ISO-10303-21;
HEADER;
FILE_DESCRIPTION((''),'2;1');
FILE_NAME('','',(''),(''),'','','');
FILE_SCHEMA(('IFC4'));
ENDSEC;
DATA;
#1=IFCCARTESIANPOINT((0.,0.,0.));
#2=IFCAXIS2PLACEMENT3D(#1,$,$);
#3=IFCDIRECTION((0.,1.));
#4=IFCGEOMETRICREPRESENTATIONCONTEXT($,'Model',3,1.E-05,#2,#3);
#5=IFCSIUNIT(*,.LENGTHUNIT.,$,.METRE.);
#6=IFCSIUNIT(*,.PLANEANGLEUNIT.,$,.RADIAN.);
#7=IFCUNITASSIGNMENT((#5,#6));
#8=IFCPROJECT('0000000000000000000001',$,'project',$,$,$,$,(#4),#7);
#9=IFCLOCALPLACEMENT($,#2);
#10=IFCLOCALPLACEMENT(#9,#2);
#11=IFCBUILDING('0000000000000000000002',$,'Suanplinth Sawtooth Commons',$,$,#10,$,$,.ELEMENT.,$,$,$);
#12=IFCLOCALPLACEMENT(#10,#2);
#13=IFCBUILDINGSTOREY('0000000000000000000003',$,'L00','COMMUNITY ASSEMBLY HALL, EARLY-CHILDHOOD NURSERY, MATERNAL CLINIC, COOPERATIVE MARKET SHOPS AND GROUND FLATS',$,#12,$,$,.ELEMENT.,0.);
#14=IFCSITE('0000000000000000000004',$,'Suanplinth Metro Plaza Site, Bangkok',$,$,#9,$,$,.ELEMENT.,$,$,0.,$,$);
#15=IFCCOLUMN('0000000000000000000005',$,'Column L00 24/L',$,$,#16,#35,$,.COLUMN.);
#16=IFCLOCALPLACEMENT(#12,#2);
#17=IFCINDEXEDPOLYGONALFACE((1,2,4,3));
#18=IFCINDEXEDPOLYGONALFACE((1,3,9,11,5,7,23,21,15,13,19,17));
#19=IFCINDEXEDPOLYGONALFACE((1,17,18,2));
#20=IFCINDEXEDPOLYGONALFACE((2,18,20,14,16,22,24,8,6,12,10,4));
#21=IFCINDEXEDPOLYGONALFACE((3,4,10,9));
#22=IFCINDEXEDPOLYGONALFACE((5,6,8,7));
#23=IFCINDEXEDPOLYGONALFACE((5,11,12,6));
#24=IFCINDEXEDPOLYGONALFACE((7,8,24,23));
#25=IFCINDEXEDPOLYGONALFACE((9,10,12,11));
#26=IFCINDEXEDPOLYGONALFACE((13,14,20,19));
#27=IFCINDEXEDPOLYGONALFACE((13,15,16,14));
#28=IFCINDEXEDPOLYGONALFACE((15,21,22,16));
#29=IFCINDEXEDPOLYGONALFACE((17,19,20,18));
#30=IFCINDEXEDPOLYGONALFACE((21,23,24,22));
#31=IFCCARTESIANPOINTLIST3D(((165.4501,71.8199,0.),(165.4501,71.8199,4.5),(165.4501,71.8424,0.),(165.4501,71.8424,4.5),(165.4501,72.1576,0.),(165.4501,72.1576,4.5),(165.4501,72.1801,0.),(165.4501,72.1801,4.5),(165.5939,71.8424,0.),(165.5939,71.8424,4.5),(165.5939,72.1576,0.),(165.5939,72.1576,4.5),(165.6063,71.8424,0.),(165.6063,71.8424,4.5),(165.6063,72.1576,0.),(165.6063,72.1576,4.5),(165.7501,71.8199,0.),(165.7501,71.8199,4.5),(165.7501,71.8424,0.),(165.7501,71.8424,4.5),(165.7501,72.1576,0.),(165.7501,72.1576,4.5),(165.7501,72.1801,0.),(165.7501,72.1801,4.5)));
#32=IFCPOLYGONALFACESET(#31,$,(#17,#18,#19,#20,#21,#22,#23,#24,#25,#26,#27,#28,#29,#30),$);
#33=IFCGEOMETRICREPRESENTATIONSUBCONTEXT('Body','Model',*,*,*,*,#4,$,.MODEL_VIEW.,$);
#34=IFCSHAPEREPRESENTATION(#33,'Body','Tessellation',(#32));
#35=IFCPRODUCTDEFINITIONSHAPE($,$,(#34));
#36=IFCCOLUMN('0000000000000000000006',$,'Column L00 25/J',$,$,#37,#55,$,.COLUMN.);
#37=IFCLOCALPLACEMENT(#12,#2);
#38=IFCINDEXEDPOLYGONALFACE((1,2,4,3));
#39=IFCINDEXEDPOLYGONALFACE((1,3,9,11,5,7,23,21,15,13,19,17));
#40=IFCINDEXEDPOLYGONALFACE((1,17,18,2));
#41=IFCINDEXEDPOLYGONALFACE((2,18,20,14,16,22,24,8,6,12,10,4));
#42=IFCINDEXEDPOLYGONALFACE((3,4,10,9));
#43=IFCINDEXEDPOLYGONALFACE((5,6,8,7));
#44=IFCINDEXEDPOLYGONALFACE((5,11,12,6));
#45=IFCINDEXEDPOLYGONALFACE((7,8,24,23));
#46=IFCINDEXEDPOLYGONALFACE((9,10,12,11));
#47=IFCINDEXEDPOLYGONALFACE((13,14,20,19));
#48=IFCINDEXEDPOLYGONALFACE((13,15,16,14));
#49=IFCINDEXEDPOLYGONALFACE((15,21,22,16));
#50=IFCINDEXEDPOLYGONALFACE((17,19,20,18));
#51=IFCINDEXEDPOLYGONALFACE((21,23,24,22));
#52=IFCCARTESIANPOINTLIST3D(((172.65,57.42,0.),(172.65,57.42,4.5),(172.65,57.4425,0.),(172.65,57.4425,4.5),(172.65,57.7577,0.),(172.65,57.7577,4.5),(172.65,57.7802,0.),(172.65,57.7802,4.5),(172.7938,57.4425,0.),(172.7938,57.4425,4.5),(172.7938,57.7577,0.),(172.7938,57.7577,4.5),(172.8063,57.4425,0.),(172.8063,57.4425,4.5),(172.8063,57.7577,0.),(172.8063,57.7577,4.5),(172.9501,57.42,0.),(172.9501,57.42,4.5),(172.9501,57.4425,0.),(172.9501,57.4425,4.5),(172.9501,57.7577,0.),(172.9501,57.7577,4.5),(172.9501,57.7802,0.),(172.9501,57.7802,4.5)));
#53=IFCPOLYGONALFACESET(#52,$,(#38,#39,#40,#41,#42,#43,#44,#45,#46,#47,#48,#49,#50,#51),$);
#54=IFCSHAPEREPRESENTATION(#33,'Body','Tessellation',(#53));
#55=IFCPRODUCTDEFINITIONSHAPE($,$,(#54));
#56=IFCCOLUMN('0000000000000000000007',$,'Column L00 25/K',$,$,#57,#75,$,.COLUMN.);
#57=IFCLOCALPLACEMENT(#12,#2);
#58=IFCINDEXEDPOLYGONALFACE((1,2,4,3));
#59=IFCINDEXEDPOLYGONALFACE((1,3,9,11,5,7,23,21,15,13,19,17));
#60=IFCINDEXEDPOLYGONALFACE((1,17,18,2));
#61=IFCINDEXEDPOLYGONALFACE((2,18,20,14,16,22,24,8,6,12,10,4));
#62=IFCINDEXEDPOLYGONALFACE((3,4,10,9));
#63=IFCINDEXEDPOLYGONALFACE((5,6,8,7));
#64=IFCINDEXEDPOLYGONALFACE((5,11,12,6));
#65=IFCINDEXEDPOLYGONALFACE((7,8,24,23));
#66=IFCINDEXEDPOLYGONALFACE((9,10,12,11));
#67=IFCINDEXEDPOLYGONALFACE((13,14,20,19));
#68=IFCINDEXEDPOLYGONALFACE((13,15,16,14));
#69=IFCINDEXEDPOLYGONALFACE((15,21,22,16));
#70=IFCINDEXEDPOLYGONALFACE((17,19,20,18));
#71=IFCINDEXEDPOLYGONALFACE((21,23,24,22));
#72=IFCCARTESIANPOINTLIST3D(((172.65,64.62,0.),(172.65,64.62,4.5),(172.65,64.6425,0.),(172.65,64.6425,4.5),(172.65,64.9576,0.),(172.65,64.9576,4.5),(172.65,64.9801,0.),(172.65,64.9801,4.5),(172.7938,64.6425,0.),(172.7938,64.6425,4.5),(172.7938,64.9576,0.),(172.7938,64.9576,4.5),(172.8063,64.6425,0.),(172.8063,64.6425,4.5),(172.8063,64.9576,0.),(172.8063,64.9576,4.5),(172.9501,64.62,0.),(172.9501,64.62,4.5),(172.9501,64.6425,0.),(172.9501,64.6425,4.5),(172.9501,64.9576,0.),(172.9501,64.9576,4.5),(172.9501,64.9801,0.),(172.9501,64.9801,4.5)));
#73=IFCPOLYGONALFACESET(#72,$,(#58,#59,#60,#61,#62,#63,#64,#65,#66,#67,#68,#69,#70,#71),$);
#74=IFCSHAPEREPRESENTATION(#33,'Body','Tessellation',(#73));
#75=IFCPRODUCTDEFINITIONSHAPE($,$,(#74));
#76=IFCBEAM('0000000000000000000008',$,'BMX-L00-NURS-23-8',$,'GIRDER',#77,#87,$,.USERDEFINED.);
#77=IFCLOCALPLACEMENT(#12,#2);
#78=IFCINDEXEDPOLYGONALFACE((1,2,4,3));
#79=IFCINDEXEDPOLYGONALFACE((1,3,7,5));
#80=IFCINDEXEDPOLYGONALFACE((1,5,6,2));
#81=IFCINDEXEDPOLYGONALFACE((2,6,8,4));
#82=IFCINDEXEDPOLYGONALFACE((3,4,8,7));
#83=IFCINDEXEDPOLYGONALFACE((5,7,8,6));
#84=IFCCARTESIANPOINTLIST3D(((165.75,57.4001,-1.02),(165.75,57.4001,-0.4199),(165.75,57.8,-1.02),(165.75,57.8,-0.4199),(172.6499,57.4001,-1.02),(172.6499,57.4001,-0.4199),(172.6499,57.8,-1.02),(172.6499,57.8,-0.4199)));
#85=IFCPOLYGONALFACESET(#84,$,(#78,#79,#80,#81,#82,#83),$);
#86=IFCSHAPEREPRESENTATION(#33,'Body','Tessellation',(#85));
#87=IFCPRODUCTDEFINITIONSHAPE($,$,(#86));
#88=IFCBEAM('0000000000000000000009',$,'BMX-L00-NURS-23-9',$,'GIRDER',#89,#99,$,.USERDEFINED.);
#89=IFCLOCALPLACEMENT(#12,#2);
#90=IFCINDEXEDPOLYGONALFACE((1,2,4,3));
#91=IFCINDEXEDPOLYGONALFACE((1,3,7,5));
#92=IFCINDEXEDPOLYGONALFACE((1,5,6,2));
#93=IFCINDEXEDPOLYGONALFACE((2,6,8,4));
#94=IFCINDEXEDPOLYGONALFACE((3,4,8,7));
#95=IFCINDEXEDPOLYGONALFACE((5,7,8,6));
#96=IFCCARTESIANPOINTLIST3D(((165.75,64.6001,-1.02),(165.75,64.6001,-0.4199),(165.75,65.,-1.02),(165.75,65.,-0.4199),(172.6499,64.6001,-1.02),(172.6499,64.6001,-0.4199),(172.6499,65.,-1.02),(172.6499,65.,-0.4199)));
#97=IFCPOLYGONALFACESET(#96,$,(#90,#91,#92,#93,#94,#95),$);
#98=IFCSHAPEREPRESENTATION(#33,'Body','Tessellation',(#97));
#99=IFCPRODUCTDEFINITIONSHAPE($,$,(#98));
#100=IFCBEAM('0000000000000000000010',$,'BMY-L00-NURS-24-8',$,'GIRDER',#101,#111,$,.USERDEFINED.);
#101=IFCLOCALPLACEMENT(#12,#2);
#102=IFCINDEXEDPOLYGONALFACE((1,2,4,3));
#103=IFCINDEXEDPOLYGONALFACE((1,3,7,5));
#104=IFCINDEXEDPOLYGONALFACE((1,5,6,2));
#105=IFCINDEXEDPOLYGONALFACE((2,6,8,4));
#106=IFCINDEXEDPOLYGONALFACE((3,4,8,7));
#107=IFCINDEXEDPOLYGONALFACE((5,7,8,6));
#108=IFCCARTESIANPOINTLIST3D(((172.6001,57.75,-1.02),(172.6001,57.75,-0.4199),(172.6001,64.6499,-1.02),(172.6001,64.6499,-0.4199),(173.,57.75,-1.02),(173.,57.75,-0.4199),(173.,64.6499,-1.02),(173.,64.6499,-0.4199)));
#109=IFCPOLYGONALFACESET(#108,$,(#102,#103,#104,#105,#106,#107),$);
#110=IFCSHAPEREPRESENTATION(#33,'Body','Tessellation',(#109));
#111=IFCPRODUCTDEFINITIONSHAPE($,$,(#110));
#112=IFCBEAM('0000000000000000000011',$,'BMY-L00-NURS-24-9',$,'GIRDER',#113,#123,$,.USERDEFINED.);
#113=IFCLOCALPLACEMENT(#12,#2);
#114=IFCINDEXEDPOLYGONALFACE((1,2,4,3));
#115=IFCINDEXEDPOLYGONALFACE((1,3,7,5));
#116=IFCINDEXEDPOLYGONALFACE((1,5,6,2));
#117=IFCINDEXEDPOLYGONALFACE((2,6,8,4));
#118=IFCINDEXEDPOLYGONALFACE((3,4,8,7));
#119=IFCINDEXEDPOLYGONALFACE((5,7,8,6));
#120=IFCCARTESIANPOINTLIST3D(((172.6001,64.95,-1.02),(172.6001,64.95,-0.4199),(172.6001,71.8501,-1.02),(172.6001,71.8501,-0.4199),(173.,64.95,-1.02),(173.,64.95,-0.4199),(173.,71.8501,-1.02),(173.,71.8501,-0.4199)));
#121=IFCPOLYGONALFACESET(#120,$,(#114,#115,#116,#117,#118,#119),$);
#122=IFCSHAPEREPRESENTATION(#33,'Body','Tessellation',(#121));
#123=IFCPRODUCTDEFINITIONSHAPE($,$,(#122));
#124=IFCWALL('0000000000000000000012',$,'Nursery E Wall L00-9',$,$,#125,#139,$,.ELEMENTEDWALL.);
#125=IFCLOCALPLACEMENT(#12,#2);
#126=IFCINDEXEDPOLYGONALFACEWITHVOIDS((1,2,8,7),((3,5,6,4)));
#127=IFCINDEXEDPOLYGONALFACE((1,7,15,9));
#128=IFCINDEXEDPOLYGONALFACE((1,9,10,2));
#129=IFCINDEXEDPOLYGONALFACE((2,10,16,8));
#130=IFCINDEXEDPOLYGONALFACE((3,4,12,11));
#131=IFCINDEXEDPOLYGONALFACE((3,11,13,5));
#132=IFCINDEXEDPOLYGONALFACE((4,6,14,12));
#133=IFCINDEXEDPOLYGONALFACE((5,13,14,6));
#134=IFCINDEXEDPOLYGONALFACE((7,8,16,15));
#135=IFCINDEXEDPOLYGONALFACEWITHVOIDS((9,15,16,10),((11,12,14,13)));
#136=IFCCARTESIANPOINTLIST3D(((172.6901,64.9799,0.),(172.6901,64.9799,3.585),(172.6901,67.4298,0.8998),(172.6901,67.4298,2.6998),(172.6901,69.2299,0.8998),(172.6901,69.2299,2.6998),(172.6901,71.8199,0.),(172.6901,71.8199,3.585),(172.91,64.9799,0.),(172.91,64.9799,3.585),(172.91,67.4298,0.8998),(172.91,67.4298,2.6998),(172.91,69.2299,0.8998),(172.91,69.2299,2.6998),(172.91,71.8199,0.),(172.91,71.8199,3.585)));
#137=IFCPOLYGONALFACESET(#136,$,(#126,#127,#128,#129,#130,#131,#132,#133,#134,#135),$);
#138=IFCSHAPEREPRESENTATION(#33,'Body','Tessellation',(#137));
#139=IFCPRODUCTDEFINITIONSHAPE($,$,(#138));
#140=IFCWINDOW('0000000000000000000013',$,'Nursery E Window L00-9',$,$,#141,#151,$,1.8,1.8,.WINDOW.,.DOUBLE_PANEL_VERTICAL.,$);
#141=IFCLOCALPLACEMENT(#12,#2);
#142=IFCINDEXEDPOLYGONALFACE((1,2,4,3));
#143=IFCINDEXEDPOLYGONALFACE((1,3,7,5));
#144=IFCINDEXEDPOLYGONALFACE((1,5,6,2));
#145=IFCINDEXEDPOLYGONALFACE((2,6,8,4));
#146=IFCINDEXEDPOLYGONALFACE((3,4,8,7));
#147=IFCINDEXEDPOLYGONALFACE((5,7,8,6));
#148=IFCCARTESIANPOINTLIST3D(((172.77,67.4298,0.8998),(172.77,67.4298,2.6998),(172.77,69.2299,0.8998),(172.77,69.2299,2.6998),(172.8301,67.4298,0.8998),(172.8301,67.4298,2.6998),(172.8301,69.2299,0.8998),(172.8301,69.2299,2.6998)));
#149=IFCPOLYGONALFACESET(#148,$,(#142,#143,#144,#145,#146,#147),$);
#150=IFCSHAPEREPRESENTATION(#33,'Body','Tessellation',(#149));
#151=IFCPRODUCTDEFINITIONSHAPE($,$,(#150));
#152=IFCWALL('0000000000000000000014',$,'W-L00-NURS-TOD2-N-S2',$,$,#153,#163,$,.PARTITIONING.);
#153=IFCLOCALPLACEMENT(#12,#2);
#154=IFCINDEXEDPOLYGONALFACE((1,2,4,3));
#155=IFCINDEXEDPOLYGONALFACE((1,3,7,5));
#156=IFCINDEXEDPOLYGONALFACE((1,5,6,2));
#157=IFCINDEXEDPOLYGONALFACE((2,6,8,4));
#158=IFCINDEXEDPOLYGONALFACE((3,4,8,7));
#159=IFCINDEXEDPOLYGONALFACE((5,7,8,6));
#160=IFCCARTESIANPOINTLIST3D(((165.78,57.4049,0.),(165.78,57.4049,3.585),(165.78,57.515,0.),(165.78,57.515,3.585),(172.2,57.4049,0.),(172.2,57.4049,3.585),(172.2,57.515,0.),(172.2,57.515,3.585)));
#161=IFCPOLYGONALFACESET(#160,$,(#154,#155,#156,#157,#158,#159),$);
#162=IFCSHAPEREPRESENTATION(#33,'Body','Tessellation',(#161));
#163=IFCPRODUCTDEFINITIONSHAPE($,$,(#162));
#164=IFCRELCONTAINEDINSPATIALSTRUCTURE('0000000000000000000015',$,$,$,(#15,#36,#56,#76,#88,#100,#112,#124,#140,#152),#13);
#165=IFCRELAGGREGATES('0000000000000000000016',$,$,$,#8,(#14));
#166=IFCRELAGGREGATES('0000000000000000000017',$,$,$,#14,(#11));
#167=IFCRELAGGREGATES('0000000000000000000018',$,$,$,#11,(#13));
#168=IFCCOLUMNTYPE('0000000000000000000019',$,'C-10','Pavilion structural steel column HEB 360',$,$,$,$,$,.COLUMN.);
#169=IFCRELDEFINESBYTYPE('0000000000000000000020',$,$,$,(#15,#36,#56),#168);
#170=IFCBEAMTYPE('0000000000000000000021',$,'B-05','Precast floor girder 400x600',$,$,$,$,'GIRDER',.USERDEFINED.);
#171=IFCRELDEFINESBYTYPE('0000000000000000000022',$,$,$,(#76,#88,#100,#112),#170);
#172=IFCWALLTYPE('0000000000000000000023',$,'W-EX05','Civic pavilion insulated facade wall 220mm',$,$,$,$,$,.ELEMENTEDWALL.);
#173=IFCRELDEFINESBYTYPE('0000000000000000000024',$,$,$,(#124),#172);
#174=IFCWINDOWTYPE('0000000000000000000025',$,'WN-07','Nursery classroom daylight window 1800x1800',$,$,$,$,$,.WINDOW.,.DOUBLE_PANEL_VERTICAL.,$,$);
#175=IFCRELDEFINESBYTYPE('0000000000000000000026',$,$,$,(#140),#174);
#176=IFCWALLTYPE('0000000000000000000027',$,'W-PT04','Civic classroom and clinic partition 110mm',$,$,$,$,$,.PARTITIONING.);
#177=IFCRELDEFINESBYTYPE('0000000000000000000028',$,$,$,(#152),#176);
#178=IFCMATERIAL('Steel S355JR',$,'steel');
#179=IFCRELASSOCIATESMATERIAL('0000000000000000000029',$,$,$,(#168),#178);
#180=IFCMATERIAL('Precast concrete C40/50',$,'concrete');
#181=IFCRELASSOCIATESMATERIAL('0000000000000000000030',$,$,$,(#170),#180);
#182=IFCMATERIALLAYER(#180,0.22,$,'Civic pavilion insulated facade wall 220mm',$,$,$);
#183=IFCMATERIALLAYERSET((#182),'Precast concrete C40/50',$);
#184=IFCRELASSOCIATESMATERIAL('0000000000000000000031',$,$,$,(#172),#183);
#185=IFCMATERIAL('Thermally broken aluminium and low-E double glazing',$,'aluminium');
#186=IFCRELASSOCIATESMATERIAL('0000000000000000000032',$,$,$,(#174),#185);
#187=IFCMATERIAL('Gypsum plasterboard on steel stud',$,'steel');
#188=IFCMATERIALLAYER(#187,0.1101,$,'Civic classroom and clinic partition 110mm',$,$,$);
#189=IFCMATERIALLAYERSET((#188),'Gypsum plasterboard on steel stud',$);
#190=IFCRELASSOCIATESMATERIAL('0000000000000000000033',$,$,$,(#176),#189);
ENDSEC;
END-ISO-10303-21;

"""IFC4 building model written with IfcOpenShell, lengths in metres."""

from ifc_helpers import new_model, si_unit, direction, frame, frame_2d, origin, origin_2d, place, context, subcontext, project, spatial, rectangle, i_section, extrude, material, layer, layer_set, material_profile, profile_set, type_object, element, fill, save


model = new_model("IFC4")

# Units and contexts
model_context = context("Model", 3, precision=1e-05, world=origin(), true_north=direction((0.0, 1.0)))
body_context = subcontext(model_context, "Body", "Model", "MODEL_VIEW")
ifc_project = project(units=[si_unit("LENGTHUNIT", "METRE"), si_unit("PLANEANGLEUNIT", "RADIAN")], contexts=[model_context])

# Site, building, storey
site_placement = place(None, origin())
site = spatial("IfcSite", under=ifc_project, at=site_placement, Name="Suanplinth Metro Plaza Site, Bangkok", CompositionType="ELEMENT", RefElevation=0.0)
building_placement = place(site_placement, origin())
building = spatial("IfcBuilding", under=site, at=building_placement, Name="Suanplinth Sawtooth Commons", CompositionType="ELEMENT")
storey_placement = place(building_placement, origin())
storey = spatial("IfcBuildingStorey", under=building, at=storey_placement, Name="L00", Description="COMMUNITY ASSEMBLY HALL, EARLY-CHILDHOOD NURSERY, MATERNAL CLINIC, COOPERATIVE MARKET SHOPS AND GROUND FLATS", CompositionType="ELEMENT", Elevation=0.0)

# Columns
ifc_material_1 = material(Name="Steel S355JR", Category="steel")
ifc_material_profile_1 = material_profile(ifc_material_1, i_section(OverallWidth=0.3, OverallDepth=0.3601, WebThickness=0.0125, FlangeThickness=0.0225, at=origin_2d()), Name="HEB 360")
ifc_profile_set_1 = profile_set([ifc_material_profile_1], Name="Steel S355JR")
column_type = type_object("IfcColumnType", Name="C-10", Description="Pavilion structural steel column HEB 360", PredefinedType="COLUMN", material=ifc_profile_set_1)
for number, where, z_axis, x_axis, name in (
    (1, (165.6001, 72.0, 0.0), (0.0, 0.0, 1.0), (1.0, 0.0, 0.0), "Column L00 24/L"),
    (2, (172.8, 57.6001, 0.0), (0.0, 0.0, 1.0), (1.0, 0.0, 0.0), "Column L00 25/J"),
    (3, (172.8, 64.8, 0.0), (0.0, 0.0, 1.0), (1.0, 0.0, 0.0), "Column L00 25/K"),
):
    element("IfcColumn", number, at=place(storey_placement, frame(where, z_axis=z_axis, x_axis=x_axis)), inside=storey, type_object=column_type, Name=name, PredefinedType="COLUMN", context=body_context, shape_type="SweptSolid", body=[
        extrude(i_section(OverallWidth=0.3, OverallDepth=0.3601, WebThickness=0.0125, FlangeThickness=0.0225, at=origin_2d()), origin(), (0.0, 0.0, 1.0), 4.5),
    ])

# Beams
ifc_material_2 = material(Name="Precast concrete C40/50", Category="concrete")
ifc_material_profile_2 = material_profile(ifc_material_2, rectangle(XDim=0.3999, YDim=0.6001, at=origin_2d()), Name="PC-GDR 400x600")
ifc_profile_set_2 = profile_set([ifc_material_profile_2], Name="Precast concrete C40/50")
beam_type = type_object("IfcBeamType", Name="B-05", Description="Precast floor girder 400x600", ElementType="GIRDER", PredefinedType="USERDEFINED", material=ifc_profile_set_2)
for number, where, z_axis, x_axis, name in (
    (4, (165.75, 57.6001, -0.72), (1.0, 0.0, 0.0), (0.0, 1.0, 0.0), "BMX-L00-NURS-23-8"),
    (5, (165.75, 64.8, -0.72), (1.0, 0.0, 0.0), (0.0, 1.0, 0.0), "BMX-L00-NURS-23-9"),
    (6, (172.8, 57.75, -0.72), (0.0, 1.0, 0.0), (-1.0, 0.0, 0.0), "BMY-L00-NURS-24-8"),
):
    element("IfcBeam", number, at=place(storey_placement, frame(where, z_axis=z_axis, x_axis=x_axis)), inside=storey, type_object=beam_type, Name=name, ObjectType="GIRDER", PredefinedType="USERDEFINED", context=body_context, shape_type="SweptSolid", body=[
        extrude(rectangle(XDim=0.3999, YDim=0.6001, at=origin_2d()), origin(), (0.0, 0.0, 1.0), 6.8999),
    ])
beam_placement = place(storey_placement, frame((172.8, 64.95, -0.72), z_axis=(0.0, 1.0, 0.0), x_axis=(-1.0, 0.0, 0.0)))
element("IfcBeam", 7, at=beam_placement, inside=storey, type_object=beam_type, Name="BMY-L00-NURS-24-9", ObjectType="GIRDER", PredefinedType="USERDEFINED", context=body_context, shape_type="SweptSolid", body=[
    extrude(rectangle(XDim=0.3999, YDim=0.6001, at=origin_2d()), origin(), (0.0, 0.0, 1.0), 6.9001),
])

# Shared definitions
ifc_layer_1 = layer(ifc_material_2, 0.22, Name="Civic pavilion insulated facade wall 220mm")
ifc_layer_set_1 = layer_set([ifc_layer_1], Name="Precast concrete C40/50")
wall_type_1 = type_object("IfcWallType", Name="W-EX05", Description="Civic pavilion insulated facade wall 220mm", PredefinedType="ELEMENTEDWALL", material=ifc_layer_set_1)

# Wall, opening, window
wall_1_placement = place(storey_placement, frame((172.8, 64.98, 0.0), z_axis=(0.0, 0.0, 1.0), x_axis=(0.0, 1.0, 0.0)))
wall_1 = element("IfcWall", 8, at=wall_1_placement, inside=storey, type_object=wall_type_1, Name="Nursery E Wall L00-9", PredefinedType="ELEMENTEDWALL", context=body_context, shape_type="SweptSolid", body=[
    extrude(rectangle(XDim=6.8401, YDim=0.22, at=frame_2d((3.4199, 0.0))), origin(), (0.0, 0.0, 1.0), 3.585),
])
opening_1_placement = place(wall_1_placement, frame((2.45, 0.0, 0.8999)))
opening_1 = element("IfcOpeningElement", 9, at=opening_1_placement, cuts=wall_1, PredefinedType="OPENING", context=body_context, shape_type="SweptSolid", body=[
    extrude(rectangle(XDim=1.8, YDim=1.8, at=frame_2d((0.8999, 0.8999))), frame((0.0, 0.125, 0.0), z_axis=(0.0, -1.0, 0.0), x_axis=(1.0, 0.0, 0.0)), (0.0, 0.0, 1.0), 0.2498),
])
ifc_material_3 = material(Name="Thermally broken aluminium and low-E double glazing", Category="aluminium")
window_type = type_object("IfcWindowType", Name="WN-07", Description="Nursery classroom daylight window 1800x1800", PartitioningType="DOUBLE_PANEL_VERTICAL", PredefinedType="WINDOW", material=ifc_material_3)
window_placement = place(opening_1_placement, origin())
window = element("IfcWindow", 10, at=window_placement, inside=storey, type_object=window_type, Name="Nursery E Window L00-9", OverallHeight=1.8, OverallWidth=1.8, PartitioningType="DOUBLE_PANEL_VERTICAL", PredefinedType="WINDOW", context=body_context, shape_type="SweptSolid", body=[
    extrude(rectangle(XDim=1.8, YDim=1.8, at=frame_2d((0.8999, 0.8999))), frame((0.0, 0.03, 0.0), z_axis=(0.0, -1.0, 0.0), x_axis=(1.0, 0.0, 0.0)), (0.0, 0.0, 1.0), 0.0601),
])
fill(opening_1, window)

# Wall
ifc_material_4 = material(Name="Gypsum plasterboard on steel stud", Category="steel")
ifc_layer_2 = layer(ifc_material_4, 0.1101, Name="Civic classroom and clinic partition 110mm")
ifc_layer_set_2 = layer_set([ifc_layer_2], Name="Gypsum plasterboard on steel stud")
wall_type_2 = type_object("IfcWallType", Name="W-PT04", Description="Civic classroom and clinic partition 110mm", PredefinedType="PARTITIONING", material=ifc_layer_set_2)
wall_2_placement = place(storey_placement, frame((165.78, 57.46, 0.0), z_axis=(0.0, 0.0, 1.0), x_axis=(1.0, 0.0, 0.0)))
element("IfcWall", 11, at=wall_2_placement, inside=storey, type_object=wall_type_2, Name="W-L00-NURS-TOD2-N-S2", PredefinedType="PARTITIONING", context=body_context, shape_type="SweptSolid", body=[
    extrude(rectangle(XDim=6.4199, YDim=0.1101, at=frame_2d((3.21, 0.0))), origin(), (0.0, 0.0, 1.0), 3.585),
])

save(model, "model.ifc")
